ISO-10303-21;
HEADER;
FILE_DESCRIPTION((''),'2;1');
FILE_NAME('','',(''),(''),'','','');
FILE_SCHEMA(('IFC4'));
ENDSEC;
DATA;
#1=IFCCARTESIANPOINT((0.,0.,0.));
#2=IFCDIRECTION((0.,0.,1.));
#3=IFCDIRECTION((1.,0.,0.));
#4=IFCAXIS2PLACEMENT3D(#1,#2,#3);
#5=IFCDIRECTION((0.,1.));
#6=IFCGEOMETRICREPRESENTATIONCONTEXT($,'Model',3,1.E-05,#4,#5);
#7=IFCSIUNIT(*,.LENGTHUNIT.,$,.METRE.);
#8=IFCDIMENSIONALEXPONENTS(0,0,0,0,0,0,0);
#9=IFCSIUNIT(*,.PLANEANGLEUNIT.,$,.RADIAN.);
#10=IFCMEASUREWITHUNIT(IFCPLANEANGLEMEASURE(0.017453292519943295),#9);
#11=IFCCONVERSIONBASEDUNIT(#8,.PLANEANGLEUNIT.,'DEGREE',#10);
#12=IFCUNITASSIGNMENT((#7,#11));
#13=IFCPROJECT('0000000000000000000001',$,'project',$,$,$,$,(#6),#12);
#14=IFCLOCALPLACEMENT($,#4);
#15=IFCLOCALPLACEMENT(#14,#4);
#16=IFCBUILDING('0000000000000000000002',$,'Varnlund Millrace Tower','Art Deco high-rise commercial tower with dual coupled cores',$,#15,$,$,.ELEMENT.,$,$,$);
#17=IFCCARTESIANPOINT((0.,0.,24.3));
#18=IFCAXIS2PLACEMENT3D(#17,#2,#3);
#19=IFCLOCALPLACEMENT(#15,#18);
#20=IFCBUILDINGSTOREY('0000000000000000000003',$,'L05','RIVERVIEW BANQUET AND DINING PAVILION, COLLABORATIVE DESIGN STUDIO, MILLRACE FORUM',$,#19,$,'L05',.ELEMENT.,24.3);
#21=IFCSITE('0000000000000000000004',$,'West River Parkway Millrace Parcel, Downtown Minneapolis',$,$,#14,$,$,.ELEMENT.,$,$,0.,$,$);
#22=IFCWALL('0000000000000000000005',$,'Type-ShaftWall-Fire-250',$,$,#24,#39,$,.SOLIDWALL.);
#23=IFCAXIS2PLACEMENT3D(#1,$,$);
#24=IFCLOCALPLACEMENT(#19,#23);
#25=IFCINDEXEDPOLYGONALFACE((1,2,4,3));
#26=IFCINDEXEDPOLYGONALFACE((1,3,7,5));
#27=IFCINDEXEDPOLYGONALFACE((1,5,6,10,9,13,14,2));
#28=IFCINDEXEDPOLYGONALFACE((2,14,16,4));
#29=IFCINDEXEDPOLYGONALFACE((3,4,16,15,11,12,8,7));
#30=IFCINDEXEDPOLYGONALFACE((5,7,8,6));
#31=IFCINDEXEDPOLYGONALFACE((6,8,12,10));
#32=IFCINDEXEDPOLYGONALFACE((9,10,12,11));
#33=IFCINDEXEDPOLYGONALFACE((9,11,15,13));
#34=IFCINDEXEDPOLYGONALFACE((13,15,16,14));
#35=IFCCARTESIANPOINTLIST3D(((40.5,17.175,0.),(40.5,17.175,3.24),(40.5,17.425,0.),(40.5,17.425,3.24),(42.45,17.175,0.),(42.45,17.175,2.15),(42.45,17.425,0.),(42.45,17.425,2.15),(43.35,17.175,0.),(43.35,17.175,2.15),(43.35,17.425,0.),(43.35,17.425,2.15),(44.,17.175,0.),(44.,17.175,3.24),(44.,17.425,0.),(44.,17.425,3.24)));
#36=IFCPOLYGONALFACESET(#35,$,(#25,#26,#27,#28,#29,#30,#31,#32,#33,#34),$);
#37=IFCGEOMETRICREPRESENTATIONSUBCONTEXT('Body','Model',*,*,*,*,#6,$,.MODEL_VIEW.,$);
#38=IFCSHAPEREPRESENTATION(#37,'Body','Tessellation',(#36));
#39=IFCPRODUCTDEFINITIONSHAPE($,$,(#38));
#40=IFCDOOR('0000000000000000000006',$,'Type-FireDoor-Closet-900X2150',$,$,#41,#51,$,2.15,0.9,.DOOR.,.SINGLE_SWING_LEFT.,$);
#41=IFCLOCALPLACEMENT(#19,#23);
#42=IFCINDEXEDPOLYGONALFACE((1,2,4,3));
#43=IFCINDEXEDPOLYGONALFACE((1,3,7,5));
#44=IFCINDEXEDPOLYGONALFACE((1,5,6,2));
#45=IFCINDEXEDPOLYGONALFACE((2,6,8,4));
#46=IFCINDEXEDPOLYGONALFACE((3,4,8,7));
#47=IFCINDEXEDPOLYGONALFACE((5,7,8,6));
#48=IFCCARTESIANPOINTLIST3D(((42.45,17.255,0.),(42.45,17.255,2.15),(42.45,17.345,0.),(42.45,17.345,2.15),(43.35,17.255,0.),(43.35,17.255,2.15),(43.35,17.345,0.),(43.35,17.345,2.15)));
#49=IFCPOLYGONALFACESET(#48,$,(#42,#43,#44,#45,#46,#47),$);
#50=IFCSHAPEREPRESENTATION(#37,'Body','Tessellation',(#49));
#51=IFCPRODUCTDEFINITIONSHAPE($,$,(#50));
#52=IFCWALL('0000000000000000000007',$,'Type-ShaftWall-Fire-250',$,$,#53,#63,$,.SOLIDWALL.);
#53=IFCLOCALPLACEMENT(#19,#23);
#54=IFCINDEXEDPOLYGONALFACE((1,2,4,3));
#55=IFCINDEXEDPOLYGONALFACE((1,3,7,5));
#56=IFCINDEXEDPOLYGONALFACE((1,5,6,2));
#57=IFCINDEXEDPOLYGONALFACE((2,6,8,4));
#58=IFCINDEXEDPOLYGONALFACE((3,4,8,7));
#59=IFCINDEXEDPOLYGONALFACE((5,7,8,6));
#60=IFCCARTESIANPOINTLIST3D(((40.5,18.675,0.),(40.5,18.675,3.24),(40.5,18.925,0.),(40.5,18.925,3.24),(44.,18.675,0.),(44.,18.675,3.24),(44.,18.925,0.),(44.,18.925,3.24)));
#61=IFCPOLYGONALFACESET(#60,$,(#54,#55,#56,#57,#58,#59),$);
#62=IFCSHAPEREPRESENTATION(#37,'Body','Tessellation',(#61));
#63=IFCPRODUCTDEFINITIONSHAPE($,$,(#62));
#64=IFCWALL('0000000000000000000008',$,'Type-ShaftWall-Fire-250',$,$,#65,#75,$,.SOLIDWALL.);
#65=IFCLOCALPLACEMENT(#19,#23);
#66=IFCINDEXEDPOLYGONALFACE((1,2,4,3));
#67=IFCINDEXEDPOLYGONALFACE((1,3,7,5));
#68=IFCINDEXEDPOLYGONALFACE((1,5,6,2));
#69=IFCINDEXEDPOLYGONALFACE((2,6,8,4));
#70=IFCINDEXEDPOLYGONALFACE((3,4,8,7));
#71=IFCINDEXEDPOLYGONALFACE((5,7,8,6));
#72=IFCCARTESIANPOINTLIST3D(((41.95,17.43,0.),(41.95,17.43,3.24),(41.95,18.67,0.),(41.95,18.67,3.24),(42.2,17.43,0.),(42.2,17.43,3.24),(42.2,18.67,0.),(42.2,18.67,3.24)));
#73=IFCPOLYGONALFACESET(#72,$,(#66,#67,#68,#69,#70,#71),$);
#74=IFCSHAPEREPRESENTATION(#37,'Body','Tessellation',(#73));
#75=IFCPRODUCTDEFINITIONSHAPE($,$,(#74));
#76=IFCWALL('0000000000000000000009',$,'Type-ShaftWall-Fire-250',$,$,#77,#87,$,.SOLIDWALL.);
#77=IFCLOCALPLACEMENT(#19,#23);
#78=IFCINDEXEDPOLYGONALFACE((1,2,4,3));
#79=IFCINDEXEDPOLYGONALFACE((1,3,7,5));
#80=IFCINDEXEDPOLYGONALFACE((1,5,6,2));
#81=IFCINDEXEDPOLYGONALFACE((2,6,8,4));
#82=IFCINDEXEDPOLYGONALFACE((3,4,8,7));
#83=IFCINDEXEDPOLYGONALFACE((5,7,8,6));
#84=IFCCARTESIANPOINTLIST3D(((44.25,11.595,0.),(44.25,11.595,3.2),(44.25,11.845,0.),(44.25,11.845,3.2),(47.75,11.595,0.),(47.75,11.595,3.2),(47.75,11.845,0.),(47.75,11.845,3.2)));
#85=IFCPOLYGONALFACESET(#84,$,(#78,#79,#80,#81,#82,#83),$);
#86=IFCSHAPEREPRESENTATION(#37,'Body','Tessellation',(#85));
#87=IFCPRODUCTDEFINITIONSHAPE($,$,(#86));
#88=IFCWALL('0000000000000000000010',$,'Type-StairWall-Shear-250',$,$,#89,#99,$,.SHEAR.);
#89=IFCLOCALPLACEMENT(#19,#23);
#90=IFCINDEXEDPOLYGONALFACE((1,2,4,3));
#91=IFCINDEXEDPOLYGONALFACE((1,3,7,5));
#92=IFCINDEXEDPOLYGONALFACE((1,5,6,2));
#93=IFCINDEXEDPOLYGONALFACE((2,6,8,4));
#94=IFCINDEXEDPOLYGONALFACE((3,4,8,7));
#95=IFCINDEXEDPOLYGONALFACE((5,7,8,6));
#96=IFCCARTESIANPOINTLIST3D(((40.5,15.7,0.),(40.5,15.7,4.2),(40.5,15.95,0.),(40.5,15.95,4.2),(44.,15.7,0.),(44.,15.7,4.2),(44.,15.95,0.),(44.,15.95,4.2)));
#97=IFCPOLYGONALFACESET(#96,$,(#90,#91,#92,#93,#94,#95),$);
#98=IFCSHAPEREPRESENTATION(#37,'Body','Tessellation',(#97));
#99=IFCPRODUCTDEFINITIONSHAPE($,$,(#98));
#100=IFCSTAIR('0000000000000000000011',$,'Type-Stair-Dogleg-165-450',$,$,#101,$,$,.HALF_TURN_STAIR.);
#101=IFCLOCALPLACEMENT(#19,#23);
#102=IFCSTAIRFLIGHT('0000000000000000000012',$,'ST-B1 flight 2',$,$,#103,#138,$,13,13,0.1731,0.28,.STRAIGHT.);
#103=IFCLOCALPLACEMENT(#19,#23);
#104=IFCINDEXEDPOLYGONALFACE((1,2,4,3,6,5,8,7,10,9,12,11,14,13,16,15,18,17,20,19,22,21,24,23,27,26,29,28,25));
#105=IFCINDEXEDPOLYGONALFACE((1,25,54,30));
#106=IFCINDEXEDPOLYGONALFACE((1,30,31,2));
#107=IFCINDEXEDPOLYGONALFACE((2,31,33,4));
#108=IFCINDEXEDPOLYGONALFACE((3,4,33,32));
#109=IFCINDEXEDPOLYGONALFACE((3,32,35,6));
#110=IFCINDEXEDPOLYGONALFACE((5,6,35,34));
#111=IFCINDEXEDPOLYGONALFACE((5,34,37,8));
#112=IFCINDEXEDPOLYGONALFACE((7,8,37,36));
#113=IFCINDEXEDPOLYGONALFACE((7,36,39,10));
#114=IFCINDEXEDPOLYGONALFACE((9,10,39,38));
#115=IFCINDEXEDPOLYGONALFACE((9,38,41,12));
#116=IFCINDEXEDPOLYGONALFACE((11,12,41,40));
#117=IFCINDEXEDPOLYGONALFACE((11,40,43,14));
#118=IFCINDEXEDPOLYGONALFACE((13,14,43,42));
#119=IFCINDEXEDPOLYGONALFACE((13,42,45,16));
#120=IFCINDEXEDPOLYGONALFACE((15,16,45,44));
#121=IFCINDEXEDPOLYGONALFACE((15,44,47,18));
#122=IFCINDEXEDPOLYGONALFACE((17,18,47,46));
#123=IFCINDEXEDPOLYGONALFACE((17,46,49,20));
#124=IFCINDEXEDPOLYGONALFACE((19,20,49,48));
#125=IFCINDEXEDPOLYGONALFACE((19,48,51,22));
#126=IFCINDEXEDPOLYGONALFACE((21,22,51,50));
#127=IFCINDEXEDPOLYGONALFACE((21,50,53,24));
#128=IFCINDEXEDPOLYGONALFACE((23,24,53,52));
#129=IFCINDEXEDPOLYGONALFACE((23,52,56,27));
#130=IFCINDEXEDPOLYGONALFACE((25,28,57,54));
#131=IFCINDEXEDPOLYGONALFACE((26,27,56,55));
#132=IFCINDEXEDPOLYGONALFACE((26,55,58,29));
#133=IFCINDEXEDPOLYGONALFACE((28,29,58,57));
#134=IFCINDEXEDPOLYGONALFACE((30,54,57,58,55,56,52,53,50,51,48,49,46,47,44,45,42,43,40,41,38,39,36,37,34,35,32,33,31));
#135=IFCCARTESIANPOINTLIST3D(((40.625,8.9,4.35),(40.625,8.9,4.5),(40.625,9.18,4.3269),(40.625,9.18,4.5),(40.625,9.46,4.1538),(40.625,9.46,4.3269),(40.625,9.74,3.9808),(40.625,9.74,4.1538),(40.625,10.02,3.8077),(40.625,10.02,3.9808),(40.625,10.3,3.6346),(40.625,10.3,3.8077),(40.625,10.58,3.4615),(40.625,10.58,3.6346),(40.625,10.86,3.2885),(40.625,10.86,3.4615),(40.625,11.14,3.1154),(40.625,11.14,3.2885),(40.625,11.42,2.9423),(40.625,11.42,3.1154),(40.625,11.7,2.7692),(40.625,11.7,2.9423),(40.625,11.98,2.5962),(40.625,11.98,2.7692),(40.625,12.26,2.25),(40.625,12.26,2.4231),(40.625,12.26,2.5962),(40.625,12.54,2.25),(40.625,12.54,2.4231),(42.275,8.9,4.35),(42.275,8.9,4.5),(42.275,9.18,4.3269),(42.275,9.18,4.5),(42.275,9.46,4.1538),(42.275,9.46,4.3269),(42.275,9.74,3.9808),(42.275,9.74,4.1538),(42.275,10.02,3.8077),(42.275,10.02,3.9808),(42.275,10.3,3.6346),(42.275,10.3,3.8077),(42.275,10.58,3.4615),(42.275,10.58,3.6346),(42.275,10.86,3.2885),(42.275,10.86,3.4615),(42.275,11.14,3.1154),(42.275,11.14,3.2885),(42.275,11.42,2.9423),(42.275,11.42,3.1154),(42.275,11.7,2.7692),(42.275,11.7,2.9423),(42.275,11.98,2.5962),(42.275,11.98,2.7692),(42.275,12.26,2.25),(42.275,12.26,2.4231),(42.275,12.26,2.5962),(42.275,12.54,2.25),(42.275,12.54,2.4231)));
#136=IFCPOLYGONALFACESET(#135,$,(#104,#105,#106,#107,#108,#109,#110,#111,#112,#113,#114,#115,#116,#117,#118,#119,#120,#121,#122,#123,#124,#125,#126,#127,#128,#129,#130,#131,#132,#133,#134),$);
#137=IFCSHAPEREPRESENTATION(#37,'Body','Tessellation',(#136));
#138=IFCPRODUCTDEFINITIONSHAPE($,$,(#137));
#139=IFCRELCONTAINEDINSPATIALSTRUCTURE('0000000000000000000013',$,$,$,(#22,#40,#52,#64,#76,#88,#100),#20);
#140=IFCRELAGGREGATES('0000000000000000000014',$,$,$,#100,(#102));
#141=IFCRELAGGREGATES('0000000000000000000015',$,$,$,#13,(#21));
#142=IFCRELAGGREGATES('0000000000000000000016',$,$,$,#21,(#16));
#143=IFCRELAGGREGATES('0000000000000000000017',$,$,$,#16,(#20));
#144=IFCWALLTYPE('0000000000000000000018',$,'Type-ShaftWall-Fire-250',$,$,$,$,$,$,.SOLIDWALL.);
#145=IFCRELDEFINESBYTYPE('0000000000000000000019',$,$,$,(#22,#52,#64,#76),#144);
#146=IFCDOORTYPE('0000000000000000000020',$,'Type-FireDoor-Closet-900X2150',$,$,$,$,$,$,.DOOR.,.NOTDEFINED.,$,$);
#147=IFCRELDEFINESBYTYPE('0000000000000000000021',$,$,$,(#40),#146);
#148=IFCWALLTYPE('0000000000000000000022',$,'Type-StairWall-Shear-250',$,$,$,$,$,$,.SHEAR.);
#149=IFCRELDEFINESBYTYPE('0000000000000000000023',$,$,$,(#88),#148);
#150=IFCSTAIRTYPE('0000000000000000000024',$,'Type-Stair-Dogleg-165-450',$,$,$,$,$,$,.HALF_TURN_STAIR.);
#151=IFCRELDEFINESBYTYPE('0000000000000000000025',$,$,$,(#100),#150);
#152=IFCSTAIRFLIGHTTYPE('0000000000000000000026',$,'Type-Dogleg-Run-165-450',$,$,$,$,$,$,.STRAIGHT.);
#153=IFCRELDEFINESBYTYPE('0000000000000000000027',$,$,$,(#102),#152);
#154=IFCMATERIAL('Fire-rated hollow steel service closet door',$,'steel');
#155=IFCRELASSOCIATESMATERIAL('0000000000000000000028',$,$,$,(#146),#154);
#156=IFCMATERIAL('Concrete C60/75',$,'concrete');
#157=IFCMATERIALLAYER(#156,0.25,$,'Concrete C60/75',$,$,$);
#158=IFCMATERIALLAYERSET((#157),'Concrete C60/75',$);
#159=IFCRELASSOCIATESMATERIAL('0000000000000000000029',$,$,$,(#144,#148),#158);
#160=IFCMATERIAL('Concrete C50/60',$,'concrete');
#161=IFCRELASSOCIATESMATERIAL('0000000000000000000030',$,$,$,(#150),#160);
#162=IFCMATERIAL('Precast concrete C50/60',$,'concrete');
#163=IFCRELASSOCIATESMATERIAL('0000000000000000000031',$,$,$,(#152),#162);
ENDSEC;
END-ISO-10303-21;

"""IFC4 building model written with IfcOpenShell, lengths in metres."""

from ifc_helpers import new_model, entity, si_unit, converted_unit, direction, frame, origin_with_axes, origin_2d_with_axis, place, context, subcontext, project, spatial, polyline, rectangle, outline, extrude, material, layer, layer_set, type_object, element, fill, aggregate, save


model = new_model("IFC4")

# Units and contexts
model_context = context("Model", 3, precision=1e-05, world=origin_with_axes(), true_north=direction((0.0, 1.0)))
body_context = subcontext(model_context, "Body", "Model", "MODEL_VIEW")
ifc_project = project(units=[si_unit("LENGTHUNIT", "METRE"), converted_unit("PLANEANGLEUNIT", "DEGREE", entity("IfcPlaneAngleMeasure", 0.017453292519943295), si_unit("PLANEANGLEUNIT", "RADIAN"), dimensions=[0, 0, 0, 0, 0, 0, 0])], contexts=[model_context])

# Site, building, storey
site_placement = place(None, origin_with_axes())
site = spatial("IfcSite", under=ifc_project, at=site_placement, Name="West River Parkway Millrace Parcel, Downtown Minneapolis", CompositionType="ELEMENT", RefElevation=0.0)
building_placement = place(site_placement, origin_with_axes())
building = spatial("IfcBuilding", under=site, at=building_placement, Name="Varnlund Millrace Tower", Description="Art Deco high-rise commercial tower with dual coupled cores", CompositionType="ELEMENT")
storey_placement = place(building_placement, frame((0.0, 0.0, 24.3), z_axis=(0.0, 0.0, 1.0), x_axis=(1.0, 0.0, 0.0)))
storey = spatial("IfcBuildingStorey", under=building, at=storey_placement, Name="L05", Description="RIVERVIEW BANQUET AND DINING PAVILION, COLLABORATIVE DESIGN STUDIO, MILLRACE FORUM", LongName="L05", CompositionType="ELEMENT", Elevation=24.3)

# Shared definitions
ifc_material_1 = material(Name="Fire-rated hollow steel service closet door", Category="steel")
door_type_1 = type_object("IfcDoorType", Name="Type-FireDoor-Closet-900X2150", OperationType="NOTDEFINED", PredefinedType="DOOR", material=ifc_material_1)

# Wall, opening, door
ifc_material_2 = material(Name="Concrete C60/75", Category="concrete")
ifc_layer_1 = layer(ifc_material_2, 0.25, Name="Concrete C60/75")
ifc_layer_set_1 = layer_set([ifc_layer_1], Name="Concrete C60/75")
wall_type_1 = type_object("IfcWallType", Name="Type-ShaftWall-Fire-250", PredefinedType="SOLIDWALL", material=ifc_layer_set_1)
wall_1_placement = place(storey_placement, frame((40.5, 17.3, 0.0), z_axis=(0.0, 0.0, 1.0), x_axis=(1.0, 0.0, 0.0)))
wall_1 = element("IfcWall", 1, at=wall_1_placement, inside=storey, type_object=wall_type_1, Name="Type-ShaftWall-Fire-250", PredefinedType="SOLIDWALL", context=body_context, shape_type="SweptSolid", body=[
    extrude(outline(polyline([(0.0, -0.125), (3.5, -0.125), (3.5, 0.125), (0.0, 0.125), (0.0, -0.125)])), origin_with_axes(), (0.0, 0.0, 1.0), 3.24),
])
opening_1_placement = place(wall_1_placement, frame((2.4, 0.0, 0.0), z_axis=(0.0, 0.0, 1.0), x_axis=(1.0, 0.0, 0.0)))
opening_1 = element("IfcOpeningElement", 2, at=opening_1_placement, cuts=wall_1, PredefinedType="OPENING", context=body_context, shape_type="SweptSolid", body=[
    extrude(rectangle(XDim=0.9, YDim=0.27, at=origin_2d_with_axis()), origin_with_axes(), (0.0, 0.0, 1.0), 2.15),
])
door_1_placement = place(wall_1_placement, frame((2.4, 0.0, 0.0), z_axis=(0.0, 0.0, 1.0), x_axis=(1.0, 0.0, 0.0)))
door_1 = element("IfcDoor", 3, at=door_1_placement, inside=storey, type_object=door_type_1, Name="Type-FireDoor-Closet-900X2150", OperationType="SINGLE_SWING_LEFT", OverallHeight=2.15, OverallWidth=0.9, PredefinedType="DOOR", context=body_context, shape_type="SweptSolid", body=[
    extrude(rectangle(XDim=0.9, YDim=0.09, at=origin_2d_with_axis()), origin_with_axes(), (0.0, 0.0, 1.0), 2.15),
])
fill(opening_1, door_1)

# Walls
wall_2_placement = place(storey_placement, frame((40.5, 18.8, 0.0), z_axis=(0.0, 0.0, 1.0), x_axis=(1.0, 0.0, 0.0)))
element("IfcWall", 4, at=wall_2_placement, inside=storey, type_object=wall_type_1, Name="Type-ShaftWall-Fire-250", PredefinedType="SOLIDWALL", context=body_context, shape_type="SweptSolid", body=[
    extrude(outline(polyline([(0.0, -0.125), (3.5, -0.125), (3.5, 0.125), (0.0, 0.125), (0.0, -0.125)])), origin_with_axes(), (0.0, 0.0, 1.0), 3.24),
])
wall_3_placement = place(storey_placement, frame((42.075, 17.43, 0.0), z_axis=(0.0, 0.0, 1.0), x_axis=(0.0, 1.0, 0.0)))
element("IfcWall", 5, at=wall_3_placement, inside=storey, type_object=wall_type_1, Name="Type-ShaftWall-Fire-250", PredefinedType="SOLIDWALL", context=body_context, shape_type="SweptSolid", body=[
    extrude(outline(polyline([(0.0, -0.125), (1.24, -0.125), (1.24, 0.125), (0.0, 0.125), (0.0, -0.125)])), origin_with_axes(), (0.0, 0.0, 1.0), 3.24),
])
wall_4_placement = place(storey_placement, frame((44.25, 11.72, 0.0), z_axis=(0.0, 0.0, 1.0), x_axis=(1.0, 0.0, 0.0)))
element("IfcWall", 6, at=wall_4_placement, inside=storey, type_object=wall_type_1, Name="Type-ShaftWall-Fire-250", PredefinedType="SOLIDWALL", context=body_context, shape_type="SweptSolid", body=[
    extrude(outline(polyline([(0.0, -0.125), (3.5, -0.125), (3.5, 0.125), (0.0, 0.125), (0.0, -0.125)])), origin_with_axes(), (0.0, 0.0, 1.0), 3.2),
])
wall_type_2 = type_object("IfcWallType", Name="Type-StairWall-Shear-250", PredefinedType="SHEAR", material=ifc_layer_set_1)
wall_5_placement = place(storey_placement, frame((40.5, 15.825, 0.0), z_axis=(0.0, 0.0, 1.0), x_axis=(1.0, 0.0, 0.0)))
element("IfcWall", 7, at=wall_5_placement, inside=storey, type_object=wall_type_2, Name="Type-StairWall-Shear-250", PredefinedType="SHEAR", context=body_context, shape_type="SweptSolid", body=[
    extrude(outline(polyline([(0.0, -0.125), (3.5, -0.125), (3.5, 0.125), (0.0, 0.125), (0.0, -0.125)])), origin_with_axes(), (0.0, 0.0, 1.0), 4.2),
])

# Stair, stair flight
ifc_material_3 = material(Name="Concrete C50/60", Category="concrete")
stair_type = type_object("IfcStairType", Name="Type-Stair-Dogleg-165-450", PredefinedType="HALF_TURN_STAIR", material=ifc_material_3)
stair_placement = place(storey_placement, origin_with_axes())
stair = element("IfcStair", 8, at=stair_placement, inside=storey, type_object=stair_type, Name="Type-Stair-Dogleg-165-450", PredefinedType="HALF_TURN_STAIR")
ifc_material_4 = material(Name="Precast concrete C50/60", Category="concrete")
stair_flight_type = type_object("IfcStairFlightType", Name="Type-Dogleg-Run-165-450", PredefinedType="STRAIGHT", material=ifc_material_4)
stair_flight_placement = place(storey_placement, frame((42.275, 12.54, 2.25), z_axis=(-1.0, 0.0, 0.0), x_axis=(0.0, -1.0, 0.0)))
stair_flight = element("IfcStairFlight", 9, at=stair_flight_placement, type_object=stair_flight_type, Name="ST-B1 flight 2", NumberOfRisers=13, NumberOfTreads=13, PredefinedType="STRAIGHT", RiserHeight=0.1731, TreadLength=0.28, context=body_context, shape_type="SweptSolid", body=[
    extrude(outline(polyline([(0.0, 0.0), (0.0, 0.1731), (0.28, 0.1731), (0.28, 0.3462), (0.56, 0.3462), (0.56, 0.5192), (0.84, 0.5192), (0.84, 0.6923), (1.12, 0.6923), (1.12, 0.8654), (1.4, 0.8654), (1.4, 1.0385), (1.68, 1.0385), (1.68, 1.2115), (1.96, 1.2115), (1.96, 1.3846), (2.24, 1.3846), (2.24, 1.5577), (2.52, 1.5577), (2.52, 1.7308), (2.8, 1.7308), (2.8, 1.9038), (3.08, 1.9038), (3.08, 2.0769), (3.36, 2.0769), (3.36, 2.25), (3.64, 2.25), (3.64, 2.1), (0.28, 0.0), (0.0, 0.0)])), origin_with_axes(), (0.0, 0.0, 1.0), 1.65),
])
aggregate(stair, [stair_flight])

save(model, "model.ifc")
